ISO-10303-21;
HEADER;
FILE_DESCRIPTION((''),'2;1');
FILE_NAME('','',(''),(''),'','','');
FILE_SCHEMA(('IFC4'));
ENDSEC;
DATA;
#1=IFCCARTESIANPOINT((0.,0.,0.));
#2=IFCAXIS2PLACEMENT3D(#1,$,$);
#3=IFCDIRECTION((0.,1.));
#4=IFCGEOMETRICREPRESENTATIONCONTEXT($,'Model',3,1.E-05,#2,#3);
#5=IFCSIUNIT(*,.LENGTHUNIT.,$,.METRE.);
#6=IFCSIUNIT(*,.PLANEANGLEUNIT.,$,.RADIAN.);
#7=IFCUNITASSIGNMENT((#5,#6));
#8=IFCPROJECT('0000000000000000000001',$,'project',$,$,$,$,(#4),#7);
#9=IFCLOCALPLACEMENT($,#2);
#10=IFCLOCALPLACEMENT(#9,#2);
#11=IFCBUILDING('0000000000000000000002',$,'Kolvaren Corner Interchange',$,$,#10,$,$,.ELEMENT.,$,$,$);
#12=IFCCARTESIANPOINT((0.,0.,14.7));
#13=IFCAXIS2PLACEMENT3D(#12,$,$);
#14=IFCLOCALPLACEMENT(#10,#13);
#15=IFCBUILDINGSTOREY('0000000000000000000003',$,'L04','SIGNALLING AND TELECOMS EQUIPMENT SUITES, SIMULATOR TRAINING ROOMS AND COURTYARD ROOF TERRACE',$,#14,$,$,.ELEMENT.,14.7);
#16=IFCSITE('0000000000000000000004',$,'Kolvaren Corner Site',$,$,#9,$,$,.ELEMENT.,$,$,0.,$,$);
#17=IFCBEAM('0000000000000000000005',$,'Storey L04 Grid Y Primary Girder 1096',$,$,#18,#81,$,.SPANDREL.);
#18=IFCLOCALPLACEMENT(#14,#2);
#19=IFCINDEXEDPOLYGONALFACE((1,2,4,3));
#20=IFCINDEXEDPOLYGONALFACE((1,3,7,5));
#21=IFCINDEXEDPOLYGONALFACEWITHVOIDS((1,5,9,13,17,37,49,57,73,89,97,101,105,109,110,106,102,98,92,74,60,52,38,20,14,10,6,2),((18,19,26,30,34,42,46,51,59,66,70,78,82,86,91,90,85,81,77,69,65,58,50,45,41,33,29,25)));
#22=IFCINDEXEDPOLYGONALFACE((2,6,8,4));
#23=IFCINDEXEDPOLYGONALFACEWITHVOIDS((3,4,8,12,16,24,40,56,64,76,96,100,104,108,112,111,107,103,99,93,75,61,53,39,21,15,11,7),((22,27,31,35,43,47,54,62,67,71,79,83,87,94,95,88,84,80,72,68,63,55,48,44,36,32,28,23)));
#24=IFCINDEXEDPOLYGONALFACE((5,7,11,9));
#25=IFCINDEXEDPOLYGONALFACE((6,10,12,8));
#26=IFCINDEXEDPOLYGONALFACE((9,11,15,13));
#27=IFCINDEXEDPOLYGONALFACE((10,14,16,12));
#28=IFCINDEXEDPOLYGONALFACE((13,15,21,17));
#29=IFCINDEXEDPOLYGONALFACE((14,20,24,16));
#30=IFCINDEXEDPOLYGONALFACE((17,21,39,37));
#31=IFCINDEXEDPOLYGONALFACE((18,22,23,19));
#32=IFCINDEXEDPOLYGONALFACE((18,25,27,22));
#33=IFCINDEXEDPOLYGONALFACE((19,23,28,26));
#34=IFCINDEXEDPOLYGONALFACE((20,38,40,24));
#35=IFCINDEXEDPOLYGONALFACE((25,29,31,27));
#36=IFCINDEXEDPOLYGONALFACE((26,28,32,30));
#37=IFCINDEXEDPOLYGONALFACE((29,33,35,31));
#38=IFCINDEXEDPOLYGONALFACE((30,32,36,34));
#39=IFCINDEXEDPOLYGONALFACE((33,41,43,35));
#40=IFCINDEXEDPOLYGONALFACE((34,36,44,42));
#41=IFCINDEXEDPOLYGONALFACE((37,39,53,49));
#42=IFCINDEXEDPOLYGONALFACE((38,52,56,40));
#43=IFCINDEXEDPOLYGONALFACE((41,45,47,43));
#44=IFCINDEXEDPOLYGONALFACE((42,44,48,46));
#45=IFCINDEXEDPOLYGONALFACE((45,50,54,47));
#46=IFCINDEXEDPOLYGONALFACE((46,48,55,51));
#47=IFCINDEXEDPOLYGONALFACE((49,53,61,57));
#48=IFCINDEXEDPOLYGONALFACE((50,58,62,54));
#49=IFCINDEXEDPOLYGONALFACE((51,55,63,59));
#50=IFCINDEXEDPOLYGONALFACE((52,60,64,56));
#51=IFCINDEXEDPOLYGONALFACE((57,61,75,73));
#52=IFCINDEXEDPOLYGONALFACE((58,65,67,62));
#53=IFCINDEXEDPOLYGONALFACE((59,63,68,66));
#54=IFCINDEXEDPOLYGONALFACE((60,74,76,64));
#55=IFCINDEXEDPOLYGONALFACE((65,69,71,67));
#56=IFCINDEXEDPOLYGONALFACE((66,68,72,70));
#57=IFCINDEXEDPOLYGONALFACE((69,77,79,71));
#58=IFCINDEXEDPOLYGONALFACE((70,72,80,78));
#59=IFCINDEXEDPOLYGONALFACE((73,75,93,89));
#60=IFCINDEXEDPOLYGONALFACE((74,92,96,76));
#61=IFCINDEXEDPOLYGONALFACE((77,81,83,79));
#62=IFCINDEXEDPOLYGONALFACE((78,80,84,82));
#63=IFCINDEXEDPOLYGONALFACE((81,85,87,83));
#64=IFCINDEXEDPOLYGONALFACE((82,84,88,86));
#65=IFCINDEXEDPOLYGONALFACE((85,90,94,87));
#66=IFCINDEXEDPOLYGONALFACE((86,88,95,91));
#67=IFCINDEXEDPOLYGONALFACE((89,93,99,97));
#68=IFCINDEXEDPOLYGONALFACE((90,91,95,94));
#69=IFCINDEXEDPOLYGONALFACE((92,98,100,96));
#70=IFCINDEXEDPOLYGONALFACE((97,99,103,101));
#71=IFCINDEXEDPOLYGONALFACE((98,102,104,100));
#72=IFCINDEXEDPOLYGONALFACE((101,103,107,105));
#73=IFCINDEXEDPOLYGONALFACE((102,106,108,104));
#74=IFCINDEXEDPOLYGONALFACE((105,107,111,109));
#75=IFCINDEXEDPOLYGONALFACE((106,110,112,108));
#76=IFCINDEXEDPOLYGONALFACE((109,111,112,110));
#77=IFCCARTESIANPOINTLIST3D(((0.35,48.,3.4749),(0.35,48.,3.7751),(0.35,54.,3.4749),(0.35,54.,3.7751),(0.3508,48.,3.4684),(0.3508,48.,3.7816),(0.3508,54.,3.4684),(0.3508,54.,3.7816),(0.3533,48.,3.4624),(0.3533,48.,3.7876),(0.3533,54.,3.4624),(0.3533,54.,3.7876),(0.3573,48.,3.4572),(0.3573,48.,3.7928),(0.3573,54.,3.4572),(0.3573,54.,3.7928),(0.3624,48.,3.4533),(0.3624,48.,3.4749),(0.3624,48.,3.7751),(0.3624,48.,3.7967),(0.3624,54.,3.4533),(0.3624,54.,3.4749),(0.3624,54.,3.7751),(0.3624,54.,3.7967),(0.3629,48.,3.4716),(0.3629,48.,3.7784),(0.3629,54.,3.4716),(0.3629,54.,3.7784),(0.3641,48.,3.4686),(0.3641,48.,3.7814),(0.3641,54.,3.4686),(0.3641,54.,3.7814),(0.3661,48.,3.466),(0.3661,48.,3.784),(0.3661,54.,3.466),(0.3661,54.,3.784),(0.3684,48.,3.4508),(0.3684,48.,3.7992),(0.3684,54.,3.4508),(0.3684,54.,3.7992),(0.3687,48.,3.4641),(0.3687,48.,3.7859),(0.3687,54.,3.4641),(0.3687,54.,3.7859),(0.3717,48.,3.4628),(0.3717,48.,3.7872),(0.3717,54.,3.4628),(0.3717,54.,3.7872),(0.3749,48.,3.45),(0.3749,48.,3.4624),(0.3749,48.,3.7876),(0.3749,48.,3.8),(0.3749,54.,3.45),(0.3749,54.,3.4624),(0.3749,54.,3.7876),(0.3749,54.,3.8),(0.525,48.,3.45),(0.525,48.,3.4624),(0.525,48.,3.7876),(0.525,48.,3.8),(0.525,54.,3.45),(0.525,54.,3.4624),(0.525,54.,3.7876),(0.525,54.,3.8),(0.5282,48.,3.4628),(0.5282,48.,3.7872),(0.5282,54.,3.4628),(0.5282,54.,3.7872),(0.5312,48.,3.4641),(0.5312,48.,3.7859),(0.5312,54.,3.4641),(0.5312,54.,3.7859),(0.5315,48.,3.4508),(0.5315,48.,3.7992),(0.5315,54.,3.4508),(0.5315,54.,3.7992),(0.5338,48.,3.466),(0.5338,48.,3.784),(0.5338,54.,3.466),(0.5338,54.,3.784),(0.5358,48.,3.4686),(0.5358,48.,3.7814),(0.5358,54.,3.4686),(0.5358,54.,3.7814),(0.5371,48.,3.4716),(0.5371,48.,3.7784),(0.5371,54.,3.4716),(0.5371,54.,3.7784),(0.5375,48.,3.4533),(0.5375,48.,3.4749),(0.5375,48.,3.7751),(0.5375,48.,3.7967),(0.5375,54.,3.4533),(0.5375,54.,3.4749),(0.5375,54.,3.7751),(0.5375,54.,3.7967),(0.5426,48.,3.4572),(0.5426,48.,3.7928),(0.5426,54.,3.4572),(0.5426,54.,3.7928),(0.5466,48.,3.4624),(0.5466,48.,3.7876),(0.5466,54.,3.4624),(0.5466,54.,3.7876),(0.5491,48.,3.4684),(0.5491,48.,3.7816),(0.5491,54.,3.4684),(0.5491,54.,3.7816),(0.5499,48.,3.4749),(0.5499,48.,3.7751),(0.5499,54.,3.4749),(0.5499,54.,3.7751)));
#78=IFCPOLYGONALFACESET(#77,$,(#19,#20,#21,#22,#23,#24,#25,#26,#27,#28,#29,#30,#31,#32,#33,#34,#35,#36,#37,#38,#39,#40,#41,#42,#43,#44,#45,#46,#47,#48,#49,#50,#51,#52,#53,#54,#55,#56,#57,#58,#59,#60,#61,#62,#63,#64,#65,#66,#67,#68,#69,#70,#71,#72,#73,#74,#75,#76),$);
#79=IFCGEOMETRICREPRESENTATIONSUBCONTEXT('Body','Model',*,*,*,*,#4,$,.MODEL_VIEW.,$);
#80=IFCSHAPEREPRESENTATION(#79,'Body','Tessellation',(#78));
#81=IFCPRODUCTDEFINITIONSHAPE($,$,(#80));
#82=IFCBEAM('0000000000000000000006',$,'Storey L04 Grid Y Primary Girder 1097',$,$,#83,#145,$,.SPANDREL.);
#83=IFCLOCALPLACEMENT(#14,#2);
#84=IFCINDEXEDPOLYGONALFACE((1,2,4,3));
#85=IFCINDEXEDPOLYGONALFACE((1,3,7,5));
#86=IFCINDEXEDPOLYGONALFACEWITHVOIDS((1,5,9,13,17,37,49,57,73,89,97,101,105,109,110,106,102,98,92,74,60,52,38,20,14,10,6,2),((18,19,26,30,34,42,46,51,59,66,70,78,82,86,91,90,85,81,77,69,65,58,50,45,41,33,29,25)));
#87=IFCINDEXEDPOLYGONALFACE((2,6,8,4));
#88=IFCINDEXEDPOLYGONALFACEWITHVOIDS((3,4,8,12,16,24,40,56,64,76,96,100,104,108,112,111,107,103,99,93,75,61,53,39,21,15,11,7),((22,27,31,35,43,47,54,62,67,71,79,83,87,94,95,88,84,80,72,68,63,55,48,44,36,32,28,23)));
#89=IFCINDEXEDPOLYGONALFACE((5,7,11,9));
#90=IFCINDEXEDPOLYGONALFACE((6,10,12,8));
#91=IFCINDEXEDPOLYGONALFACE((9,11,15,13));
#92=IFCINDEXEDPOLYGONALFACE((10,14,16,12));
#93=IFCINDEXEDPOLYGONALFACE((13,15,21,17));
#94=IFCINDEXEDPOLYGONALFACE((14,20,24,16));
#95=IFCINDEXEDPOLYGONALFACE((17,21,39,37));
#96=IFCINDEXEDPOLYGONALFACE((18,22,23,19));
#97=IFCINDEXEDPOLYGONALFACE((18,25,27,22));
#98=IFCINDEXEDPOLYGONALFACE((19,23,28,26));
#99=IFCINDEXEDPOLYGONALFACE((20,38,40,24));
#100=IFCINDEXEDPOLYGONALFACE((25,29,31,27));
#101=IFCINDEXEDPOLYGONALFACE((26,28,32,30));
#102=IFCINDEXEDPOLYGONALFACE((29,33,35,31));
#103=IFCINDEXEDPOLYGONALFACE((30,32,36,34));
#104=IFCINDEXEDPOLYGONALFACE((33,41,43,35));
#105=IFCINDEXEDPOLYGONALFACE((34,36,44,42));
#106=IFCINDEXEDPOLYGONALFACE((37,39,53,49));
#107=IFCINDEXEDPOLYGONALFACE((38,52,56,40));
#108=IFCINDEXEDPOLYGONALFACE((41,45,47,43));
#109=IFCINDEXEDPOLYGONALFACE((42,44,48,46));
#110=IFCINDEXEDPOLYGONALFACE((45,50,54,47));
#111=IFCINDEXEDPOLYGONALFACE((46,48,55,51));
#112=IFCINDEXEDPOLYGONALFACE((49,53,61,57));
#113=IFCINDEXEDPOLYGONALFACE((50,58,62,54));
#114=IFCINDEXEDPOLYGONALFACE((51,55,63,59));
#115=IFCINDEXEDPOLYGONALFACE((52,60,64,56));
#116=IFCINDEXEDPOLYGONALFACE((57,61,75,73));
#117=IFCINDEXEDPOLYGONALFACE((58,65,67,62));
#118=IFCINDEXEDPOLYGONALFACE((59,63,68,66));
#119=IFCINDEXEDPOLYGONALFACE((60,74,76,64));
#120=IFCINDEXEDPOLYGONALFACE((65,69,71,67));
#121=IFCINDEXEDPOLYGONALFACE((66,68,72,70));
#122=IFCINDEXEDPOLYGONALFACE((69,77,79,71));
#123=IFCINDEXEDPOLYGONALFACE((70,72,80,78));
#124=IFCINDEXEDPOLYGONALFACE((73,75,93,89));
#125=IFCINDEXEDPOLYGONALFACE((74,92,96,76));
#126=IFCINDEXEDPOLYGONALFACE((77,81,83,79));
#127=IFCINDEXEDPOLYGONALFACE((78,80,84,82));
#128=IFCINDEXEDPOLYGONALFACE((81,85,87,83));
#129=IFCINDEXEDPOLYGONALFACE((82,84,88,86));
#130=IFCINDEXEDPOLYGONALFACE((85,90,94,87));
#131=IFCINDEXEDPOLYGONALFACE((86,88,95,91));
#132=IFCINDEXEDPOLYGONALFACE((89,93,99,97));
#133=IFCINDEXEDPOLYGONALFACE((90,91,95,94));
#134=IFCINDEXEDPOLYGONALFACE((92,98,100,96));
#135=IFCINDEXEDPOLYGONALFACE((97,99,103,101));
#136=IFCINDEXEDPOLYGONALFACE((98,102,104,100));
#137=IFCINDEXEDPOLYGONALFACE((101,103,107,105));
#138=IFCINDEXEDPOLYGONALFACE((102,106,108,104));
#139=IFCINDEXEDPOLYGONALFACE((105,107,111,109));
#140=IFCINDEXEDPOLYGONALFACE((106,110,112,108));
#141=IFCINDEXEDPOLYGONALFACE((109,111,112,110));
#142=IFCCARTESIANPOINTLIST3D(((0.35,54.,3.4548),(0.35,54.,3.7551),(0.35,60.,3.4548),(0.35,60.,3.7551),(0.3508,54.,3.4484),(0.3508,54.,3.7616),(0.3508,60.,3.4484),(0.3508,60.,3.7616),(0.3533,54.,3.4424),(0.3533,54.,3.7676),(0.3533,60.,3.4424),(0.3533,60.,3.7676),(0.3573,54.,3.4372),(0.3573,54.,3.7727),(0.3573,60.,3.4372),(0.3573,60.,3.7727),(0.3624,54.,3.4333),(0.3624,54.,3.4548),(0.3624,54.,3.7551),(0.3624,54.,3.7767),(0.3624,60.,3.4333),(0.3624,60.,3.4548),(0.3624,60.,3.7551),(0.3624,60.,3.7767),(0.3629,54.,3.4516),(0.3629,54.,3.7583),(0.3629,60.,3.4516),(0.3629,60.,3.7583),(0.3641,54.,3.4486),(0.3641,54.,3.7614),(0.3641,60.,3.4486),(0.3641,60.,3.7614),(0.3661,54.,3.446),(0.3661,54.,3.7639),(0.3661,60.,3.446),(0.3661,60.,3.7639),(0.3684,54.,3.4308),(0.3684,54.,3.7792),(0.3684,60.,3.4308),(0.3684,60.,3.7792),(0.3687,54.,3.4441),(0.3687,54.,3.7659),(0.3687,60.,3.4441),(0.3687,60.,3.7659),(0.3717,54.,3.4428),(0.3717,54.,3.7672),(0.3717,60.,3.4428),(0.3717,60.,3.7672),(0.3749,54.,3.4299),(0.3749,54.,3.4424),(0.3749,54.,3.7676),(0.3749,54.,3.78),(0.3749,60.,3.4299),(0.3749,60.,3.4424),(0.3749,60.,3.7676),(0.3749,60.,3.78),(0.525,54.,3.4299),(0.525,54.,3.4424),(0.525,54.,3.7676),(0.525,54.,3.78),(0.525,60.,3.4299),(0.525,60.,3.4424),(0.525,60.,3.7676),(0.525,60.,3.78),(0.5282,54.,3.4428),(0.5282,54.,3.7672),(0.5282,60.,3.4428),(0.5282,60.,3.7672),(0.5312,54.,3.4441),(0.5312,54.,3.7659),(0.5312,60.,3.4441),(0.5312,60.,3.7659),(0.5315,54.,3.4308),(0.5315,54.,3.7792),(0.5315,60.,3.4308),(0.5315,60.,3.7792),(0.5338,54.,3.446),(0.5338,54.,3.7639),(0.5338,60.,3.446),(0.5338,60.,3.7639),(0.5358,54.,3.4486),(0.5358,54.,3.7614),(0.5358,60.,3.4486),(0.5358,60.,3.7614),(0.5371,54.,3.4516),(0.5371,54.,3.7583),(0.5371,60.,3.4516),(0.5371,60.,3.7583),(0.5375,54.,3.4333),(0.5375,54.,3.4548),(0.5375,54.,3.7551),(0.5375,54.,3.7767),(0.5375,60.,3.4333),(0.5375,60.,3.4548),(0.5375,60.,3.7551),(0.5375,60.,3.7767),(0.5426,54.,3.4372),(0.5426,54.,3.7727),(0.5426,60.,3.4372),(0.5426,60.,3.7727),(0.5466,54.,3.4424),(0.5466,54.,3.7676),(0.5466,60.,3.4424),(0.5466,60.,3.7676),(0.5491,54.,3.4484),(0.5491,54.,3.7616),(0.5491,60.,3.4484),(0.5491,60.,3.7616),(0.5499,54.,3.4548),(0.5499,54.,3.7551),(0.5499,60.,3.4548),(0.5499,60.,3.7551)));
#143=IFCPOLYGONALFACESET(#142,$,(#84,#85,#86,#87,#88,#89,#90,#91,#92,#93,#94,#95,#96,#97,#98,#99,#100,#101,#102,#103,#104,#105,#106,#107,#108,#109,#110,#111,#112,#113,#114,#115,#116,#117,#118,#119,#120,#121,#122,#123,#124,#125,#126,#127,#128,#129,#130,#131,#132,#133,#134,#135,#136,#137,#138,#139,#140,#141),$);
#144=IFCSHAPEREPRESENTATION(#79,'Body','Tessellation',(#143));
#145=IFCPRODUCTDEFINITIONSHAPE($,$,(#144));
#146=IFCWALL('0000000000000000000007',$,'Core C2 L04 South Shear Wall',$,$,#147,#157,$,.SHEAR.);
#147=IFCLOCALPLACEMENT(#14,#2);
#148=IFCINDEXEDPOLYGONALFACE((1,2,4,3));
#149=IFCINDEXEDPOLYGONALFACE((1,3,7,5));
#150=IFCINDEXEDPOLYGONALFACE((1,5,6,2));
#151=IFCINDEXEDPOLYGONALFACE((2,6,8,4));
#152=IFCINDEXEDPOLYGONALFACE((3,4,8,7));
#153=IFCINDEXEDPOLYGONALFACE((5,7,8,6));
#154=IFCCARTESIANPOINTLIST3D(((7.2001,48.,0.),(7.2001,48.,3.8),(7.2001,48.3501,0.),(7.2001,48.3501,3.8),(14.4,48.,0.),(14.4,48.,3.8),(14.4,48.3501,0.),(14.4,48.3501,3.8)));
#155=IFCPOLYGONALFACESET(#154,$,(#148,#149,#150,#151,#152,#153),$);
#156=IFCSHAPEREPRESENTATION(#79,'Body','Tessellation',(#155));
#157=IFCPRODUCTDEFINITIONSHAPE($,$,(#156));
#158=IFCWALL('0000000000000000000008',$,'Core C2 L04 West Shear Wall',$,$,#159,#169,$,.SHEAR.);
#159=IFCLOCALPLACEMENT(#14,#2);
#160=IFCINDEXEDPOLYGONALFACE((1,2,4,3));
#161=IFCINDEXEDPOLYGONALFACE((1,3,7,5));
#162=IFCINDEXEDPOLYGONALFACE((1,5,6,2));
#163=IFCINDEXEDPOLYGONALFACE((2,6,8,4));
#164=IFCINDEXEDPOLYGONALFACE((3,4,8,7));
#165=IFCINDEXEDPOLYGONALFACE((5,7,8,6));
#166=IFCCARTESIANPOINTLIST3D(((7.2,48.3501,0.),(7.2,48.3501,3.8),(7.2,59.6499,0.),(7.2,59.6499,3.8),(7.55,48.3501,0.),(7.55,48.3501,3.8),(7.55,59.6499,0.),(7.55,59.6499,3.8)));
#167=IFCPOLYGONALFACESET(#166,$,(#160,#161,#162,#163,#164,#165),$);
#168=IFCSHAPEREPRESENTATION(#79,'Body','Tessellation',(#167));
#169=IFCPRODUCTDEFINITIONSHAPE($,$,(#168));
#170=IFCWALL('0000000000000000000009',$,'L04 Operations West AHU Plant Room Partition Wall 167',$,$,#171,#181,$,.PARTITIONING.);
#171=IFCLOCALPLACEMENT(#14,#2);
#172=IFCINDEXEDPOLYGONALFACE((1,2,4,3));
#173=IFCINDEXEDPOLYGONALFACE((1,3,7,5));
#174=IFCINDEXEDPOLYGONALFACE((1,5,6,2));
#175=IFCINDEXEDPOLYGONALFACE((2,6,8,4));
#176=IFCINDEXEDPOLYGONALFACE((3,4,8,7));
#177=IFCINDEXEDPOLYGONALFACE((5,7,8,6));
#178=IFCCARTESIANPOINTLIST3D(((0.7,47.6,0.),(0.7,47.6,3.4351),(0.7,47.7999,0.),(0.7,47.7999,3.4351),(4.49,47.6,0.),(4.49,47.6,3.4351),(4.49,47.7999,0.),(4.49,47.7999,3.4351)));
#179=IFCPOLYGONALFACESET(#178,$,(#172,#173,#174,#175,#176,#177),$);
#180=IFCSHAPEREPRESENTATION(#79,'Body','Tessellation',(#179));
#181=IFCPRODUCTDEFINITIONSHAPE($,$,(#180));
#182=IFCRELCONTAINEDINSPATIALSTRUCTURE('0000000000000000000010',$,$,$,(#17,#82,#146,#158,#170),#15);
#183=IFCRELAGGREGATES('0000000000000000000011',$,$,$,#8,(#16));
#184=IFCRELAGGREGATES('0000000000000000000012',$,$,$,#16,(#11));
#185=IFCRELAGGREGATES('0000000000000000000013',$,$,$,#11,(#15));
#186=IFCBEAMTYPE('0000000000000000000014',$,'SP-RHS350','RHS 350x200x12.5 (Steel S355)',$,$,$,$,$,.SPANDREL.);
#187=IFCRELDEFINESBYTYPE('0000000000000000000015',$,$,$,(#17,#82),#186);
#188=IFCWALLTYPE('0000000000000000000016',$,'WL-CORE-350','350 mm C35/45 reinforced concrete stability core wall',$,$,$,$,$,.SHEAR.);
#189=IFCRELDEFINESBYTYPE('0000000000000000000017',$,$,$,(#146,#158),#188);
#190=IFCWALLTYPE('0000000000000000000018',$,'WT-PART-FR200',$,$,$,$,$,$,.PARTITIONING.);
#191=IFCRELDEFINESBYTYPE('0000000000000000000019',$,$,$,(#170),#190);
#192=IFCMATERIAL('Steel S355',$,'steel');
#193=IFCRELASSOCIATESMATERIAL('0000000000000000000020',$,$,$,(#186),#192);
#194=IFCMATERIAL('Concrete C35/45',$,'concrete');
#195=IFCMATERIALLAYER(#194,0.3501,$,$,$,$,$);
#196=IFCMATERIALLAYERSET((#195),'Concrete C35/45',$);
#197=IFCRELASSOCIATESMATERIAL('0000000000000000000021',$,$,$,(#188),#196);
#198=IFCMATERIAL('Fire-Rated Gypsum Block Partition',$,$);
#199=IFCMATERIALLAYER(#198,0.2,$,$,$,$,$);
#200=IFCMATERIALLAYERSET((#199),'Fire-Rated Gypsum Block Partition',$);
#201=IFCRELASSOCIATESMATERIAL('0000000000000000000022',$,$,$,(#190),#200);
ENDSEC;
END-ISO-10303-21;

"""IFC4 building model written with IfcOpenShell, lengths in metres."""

from ifc_helpers import new_model, si_unit, direction, frame, frame_2d, origin, origin_2d, place, context, subcontext, project, spatial, rectangle, hollow_rectangle, extrude, material, layer, layer_set, material_profile, profile_set, type_object, element, save


model = new_model("IFC4")

# Units and contexts
model_context = context("Model", 3, precision=1e-05, world=origin(), true_north=direction((0.0, 1.0)))
body_context = subcontext(model_context, "Body", "Model", "MODEL_VIEW")
ifc_project = project(units=[si_unit("LENGTHUNIT", "METRE"), si_unit("PLANEANGLEUNIT", "RADIAN")], contexts=[model_context])

# Site, building, storey
site_placement = place(None, origin())
site = spatial("IfcSite", under=ifc_project, at=site_placement, Name="Kolvaren Corner Site", CompositionType="ELEMENT", RefElevation=0.0)
building_placement = place(site_placement, origin())
building = spatial("IfcBuilding", under=site, at=building_placement, Name="Kolvaren Corner Interchange", CompositionType="ELEMENT")
storey_placement = place(building_placement, frame((0.0, 0.0, 14.7)))
storey = spatial("IfcBuildingStorey", under=building, at=storey_placement, Name="L04", Description="SIGNALLING AND TELECOMS EQUIPMENT SUITES, SIMULATOR TRAINING ROOMS AND COURTYARD ROOF TERRACE", CompositionType="ELEMENT", Elevation=14.7)

# Beams
ifc_material_1 = material(Name="Steel S355", Category="steel")
ifc_material_profile_1 = material_profile(ifc_material_1, hollow_rectangle(XDim=0.2, YDim=0.3501, WallThickness=0.0125, InnerFilletRadius=0.0125, OuterFilletRadius=0.0249, at=origin_2d()), Name="RHS 350x200x12.5")
ifc_profile_set_1 = profile_set([ifc_material_profile_1], Name="Steel S355")
beam_type_1 = type_object("IfcBeamType", Name="SP-RHS350", Description="RHS 350x200x12.5 (Steel S355)", PredefinedType="SPANDREL", material=ifc_profile_set_1)
for number, where, z_axis, x_axis, name in (
    (1, (0.45, 48.0, 3.625), (0.0, 1.0, 0.0), (-1.0, 0.0, 0.0), "Storey L04 Grid Y Primary Girder 1096"),
    (2, (0.45, 54.0, 3.605), (0.0, 1.0, 0.0), (-1.0, 0.0, 0.0), "Storey L04 Grid Y Primary Girder 1097"),
):
    element("IfcBeam", number, at=place(storey_placement, frame(where, z_axis=z_axis, x_axis=x_axis)), inside=storey, type_object=beam_type_1, Name=name, PredefinedType="SPANDREL", context=body_context, shape_type="SweptSolid", body=[
        extrude(hollow_rectangle(XDim=0.2, YDim=0.3501, WallThickness=0.0125, InnerFilletRadius=0.0125, OuterFilletRadius=0.0249, at=origin_2d()), origin(), (0.0, 0.0, 1.0), 6.0),
    ])

# Walls
ifc_material_2 = material(Name="Concrete C35/45", Category="concrete")
ifc_layer_1 = layer(ifc_material_2, 0.3501)
ifc_layer_set_1 = layer_set([ifc_layer_1], Name="Concrete C35/45")
wall_type_1 = type_object("IfcWallType", Name="WL-CORE-350", Description="350 mm C35/45 reinforced concrete stability core wall", PredefinedType="SHEAR", material=ifc_layer_set_1)
wall_1_placement = place(storey_placement, frame((7.2, 48.175, 0.0), z_axis=(0.0, 0.0, 1.0), x_axis=(1.0, 0.0, 0.0)))
element("IfcWall", 3, at=wall_1_placement, inside=storey, type_object=wall_type_1, Name="Core C2 L04 South Shear Wall", PredefinedType="SHEAR", context=body_context, shape_type="SweptSolid", body=[
    extrude(rectangle(XDim=7.2, YDim=0.3501, at=frame_2d((3.6001, 0.0))), origin(), (0.0, 0.0, 1.0), 3.8),
])
wall_2_placement = place(storey_placement, frame((7.375, 48.3501, 0.0), z_axis=(0.0, 0.0, 1.0), x_axis=(0.0, 1.0, 0.0)))
element("IfcWall", 4, at=wall_2_placement, inside=storey, type_object=wall_type_1, Name="Core C2 L04 West Shear Wall", PredefinedType="SHEAR", context=body_context, shape_type="SweptSolid", body=[
    extrude(rectangle(XDim=11.2998, YDim=0.3501, at=frame_2d((5.6499, 0.0))), origin(), (0.0, 0.0, 1.0), 3.8),
])
ifc_material_3 = material(Name="Fire-Rated Gypsum Block Partition")
ifc_layer_2 = layer(ifc_material_3, 0.2)
ifc_layer_set_2 = layer_set([ifc_layer_2], Name="Fire-Rated Gypsum Block Partition")
wall_type_2 = type_object("IfcWallType", Name="WT-PART-FR200", PredefinedType="PARTITIONING", material=ifc_layer_set_2)
wall_3_placement = place(storey_placement, frame((4.49, 47.7, 0.0), z_axis=(0.0, 0.0, 1.0), x_axis=(-1.0, 0.0, 0.0)))
element("IfcWall", 5, at=wall_3_placement, inside=storey, type_object=wall_type_2, Name="L04 Operations West AHU Plant Room Partition Wall 167", PredefinedType="PARTITIONING", context=body_context, shape_type="SweptSolid", body=[
    extrude(rectangle(XDim=3.79, YDim=0.2, at=frame_2d((1.895, 0.0))), origin(), (0.0, 0.0, 1.0), 3.4351),
])

save(model, "model.ifc")
